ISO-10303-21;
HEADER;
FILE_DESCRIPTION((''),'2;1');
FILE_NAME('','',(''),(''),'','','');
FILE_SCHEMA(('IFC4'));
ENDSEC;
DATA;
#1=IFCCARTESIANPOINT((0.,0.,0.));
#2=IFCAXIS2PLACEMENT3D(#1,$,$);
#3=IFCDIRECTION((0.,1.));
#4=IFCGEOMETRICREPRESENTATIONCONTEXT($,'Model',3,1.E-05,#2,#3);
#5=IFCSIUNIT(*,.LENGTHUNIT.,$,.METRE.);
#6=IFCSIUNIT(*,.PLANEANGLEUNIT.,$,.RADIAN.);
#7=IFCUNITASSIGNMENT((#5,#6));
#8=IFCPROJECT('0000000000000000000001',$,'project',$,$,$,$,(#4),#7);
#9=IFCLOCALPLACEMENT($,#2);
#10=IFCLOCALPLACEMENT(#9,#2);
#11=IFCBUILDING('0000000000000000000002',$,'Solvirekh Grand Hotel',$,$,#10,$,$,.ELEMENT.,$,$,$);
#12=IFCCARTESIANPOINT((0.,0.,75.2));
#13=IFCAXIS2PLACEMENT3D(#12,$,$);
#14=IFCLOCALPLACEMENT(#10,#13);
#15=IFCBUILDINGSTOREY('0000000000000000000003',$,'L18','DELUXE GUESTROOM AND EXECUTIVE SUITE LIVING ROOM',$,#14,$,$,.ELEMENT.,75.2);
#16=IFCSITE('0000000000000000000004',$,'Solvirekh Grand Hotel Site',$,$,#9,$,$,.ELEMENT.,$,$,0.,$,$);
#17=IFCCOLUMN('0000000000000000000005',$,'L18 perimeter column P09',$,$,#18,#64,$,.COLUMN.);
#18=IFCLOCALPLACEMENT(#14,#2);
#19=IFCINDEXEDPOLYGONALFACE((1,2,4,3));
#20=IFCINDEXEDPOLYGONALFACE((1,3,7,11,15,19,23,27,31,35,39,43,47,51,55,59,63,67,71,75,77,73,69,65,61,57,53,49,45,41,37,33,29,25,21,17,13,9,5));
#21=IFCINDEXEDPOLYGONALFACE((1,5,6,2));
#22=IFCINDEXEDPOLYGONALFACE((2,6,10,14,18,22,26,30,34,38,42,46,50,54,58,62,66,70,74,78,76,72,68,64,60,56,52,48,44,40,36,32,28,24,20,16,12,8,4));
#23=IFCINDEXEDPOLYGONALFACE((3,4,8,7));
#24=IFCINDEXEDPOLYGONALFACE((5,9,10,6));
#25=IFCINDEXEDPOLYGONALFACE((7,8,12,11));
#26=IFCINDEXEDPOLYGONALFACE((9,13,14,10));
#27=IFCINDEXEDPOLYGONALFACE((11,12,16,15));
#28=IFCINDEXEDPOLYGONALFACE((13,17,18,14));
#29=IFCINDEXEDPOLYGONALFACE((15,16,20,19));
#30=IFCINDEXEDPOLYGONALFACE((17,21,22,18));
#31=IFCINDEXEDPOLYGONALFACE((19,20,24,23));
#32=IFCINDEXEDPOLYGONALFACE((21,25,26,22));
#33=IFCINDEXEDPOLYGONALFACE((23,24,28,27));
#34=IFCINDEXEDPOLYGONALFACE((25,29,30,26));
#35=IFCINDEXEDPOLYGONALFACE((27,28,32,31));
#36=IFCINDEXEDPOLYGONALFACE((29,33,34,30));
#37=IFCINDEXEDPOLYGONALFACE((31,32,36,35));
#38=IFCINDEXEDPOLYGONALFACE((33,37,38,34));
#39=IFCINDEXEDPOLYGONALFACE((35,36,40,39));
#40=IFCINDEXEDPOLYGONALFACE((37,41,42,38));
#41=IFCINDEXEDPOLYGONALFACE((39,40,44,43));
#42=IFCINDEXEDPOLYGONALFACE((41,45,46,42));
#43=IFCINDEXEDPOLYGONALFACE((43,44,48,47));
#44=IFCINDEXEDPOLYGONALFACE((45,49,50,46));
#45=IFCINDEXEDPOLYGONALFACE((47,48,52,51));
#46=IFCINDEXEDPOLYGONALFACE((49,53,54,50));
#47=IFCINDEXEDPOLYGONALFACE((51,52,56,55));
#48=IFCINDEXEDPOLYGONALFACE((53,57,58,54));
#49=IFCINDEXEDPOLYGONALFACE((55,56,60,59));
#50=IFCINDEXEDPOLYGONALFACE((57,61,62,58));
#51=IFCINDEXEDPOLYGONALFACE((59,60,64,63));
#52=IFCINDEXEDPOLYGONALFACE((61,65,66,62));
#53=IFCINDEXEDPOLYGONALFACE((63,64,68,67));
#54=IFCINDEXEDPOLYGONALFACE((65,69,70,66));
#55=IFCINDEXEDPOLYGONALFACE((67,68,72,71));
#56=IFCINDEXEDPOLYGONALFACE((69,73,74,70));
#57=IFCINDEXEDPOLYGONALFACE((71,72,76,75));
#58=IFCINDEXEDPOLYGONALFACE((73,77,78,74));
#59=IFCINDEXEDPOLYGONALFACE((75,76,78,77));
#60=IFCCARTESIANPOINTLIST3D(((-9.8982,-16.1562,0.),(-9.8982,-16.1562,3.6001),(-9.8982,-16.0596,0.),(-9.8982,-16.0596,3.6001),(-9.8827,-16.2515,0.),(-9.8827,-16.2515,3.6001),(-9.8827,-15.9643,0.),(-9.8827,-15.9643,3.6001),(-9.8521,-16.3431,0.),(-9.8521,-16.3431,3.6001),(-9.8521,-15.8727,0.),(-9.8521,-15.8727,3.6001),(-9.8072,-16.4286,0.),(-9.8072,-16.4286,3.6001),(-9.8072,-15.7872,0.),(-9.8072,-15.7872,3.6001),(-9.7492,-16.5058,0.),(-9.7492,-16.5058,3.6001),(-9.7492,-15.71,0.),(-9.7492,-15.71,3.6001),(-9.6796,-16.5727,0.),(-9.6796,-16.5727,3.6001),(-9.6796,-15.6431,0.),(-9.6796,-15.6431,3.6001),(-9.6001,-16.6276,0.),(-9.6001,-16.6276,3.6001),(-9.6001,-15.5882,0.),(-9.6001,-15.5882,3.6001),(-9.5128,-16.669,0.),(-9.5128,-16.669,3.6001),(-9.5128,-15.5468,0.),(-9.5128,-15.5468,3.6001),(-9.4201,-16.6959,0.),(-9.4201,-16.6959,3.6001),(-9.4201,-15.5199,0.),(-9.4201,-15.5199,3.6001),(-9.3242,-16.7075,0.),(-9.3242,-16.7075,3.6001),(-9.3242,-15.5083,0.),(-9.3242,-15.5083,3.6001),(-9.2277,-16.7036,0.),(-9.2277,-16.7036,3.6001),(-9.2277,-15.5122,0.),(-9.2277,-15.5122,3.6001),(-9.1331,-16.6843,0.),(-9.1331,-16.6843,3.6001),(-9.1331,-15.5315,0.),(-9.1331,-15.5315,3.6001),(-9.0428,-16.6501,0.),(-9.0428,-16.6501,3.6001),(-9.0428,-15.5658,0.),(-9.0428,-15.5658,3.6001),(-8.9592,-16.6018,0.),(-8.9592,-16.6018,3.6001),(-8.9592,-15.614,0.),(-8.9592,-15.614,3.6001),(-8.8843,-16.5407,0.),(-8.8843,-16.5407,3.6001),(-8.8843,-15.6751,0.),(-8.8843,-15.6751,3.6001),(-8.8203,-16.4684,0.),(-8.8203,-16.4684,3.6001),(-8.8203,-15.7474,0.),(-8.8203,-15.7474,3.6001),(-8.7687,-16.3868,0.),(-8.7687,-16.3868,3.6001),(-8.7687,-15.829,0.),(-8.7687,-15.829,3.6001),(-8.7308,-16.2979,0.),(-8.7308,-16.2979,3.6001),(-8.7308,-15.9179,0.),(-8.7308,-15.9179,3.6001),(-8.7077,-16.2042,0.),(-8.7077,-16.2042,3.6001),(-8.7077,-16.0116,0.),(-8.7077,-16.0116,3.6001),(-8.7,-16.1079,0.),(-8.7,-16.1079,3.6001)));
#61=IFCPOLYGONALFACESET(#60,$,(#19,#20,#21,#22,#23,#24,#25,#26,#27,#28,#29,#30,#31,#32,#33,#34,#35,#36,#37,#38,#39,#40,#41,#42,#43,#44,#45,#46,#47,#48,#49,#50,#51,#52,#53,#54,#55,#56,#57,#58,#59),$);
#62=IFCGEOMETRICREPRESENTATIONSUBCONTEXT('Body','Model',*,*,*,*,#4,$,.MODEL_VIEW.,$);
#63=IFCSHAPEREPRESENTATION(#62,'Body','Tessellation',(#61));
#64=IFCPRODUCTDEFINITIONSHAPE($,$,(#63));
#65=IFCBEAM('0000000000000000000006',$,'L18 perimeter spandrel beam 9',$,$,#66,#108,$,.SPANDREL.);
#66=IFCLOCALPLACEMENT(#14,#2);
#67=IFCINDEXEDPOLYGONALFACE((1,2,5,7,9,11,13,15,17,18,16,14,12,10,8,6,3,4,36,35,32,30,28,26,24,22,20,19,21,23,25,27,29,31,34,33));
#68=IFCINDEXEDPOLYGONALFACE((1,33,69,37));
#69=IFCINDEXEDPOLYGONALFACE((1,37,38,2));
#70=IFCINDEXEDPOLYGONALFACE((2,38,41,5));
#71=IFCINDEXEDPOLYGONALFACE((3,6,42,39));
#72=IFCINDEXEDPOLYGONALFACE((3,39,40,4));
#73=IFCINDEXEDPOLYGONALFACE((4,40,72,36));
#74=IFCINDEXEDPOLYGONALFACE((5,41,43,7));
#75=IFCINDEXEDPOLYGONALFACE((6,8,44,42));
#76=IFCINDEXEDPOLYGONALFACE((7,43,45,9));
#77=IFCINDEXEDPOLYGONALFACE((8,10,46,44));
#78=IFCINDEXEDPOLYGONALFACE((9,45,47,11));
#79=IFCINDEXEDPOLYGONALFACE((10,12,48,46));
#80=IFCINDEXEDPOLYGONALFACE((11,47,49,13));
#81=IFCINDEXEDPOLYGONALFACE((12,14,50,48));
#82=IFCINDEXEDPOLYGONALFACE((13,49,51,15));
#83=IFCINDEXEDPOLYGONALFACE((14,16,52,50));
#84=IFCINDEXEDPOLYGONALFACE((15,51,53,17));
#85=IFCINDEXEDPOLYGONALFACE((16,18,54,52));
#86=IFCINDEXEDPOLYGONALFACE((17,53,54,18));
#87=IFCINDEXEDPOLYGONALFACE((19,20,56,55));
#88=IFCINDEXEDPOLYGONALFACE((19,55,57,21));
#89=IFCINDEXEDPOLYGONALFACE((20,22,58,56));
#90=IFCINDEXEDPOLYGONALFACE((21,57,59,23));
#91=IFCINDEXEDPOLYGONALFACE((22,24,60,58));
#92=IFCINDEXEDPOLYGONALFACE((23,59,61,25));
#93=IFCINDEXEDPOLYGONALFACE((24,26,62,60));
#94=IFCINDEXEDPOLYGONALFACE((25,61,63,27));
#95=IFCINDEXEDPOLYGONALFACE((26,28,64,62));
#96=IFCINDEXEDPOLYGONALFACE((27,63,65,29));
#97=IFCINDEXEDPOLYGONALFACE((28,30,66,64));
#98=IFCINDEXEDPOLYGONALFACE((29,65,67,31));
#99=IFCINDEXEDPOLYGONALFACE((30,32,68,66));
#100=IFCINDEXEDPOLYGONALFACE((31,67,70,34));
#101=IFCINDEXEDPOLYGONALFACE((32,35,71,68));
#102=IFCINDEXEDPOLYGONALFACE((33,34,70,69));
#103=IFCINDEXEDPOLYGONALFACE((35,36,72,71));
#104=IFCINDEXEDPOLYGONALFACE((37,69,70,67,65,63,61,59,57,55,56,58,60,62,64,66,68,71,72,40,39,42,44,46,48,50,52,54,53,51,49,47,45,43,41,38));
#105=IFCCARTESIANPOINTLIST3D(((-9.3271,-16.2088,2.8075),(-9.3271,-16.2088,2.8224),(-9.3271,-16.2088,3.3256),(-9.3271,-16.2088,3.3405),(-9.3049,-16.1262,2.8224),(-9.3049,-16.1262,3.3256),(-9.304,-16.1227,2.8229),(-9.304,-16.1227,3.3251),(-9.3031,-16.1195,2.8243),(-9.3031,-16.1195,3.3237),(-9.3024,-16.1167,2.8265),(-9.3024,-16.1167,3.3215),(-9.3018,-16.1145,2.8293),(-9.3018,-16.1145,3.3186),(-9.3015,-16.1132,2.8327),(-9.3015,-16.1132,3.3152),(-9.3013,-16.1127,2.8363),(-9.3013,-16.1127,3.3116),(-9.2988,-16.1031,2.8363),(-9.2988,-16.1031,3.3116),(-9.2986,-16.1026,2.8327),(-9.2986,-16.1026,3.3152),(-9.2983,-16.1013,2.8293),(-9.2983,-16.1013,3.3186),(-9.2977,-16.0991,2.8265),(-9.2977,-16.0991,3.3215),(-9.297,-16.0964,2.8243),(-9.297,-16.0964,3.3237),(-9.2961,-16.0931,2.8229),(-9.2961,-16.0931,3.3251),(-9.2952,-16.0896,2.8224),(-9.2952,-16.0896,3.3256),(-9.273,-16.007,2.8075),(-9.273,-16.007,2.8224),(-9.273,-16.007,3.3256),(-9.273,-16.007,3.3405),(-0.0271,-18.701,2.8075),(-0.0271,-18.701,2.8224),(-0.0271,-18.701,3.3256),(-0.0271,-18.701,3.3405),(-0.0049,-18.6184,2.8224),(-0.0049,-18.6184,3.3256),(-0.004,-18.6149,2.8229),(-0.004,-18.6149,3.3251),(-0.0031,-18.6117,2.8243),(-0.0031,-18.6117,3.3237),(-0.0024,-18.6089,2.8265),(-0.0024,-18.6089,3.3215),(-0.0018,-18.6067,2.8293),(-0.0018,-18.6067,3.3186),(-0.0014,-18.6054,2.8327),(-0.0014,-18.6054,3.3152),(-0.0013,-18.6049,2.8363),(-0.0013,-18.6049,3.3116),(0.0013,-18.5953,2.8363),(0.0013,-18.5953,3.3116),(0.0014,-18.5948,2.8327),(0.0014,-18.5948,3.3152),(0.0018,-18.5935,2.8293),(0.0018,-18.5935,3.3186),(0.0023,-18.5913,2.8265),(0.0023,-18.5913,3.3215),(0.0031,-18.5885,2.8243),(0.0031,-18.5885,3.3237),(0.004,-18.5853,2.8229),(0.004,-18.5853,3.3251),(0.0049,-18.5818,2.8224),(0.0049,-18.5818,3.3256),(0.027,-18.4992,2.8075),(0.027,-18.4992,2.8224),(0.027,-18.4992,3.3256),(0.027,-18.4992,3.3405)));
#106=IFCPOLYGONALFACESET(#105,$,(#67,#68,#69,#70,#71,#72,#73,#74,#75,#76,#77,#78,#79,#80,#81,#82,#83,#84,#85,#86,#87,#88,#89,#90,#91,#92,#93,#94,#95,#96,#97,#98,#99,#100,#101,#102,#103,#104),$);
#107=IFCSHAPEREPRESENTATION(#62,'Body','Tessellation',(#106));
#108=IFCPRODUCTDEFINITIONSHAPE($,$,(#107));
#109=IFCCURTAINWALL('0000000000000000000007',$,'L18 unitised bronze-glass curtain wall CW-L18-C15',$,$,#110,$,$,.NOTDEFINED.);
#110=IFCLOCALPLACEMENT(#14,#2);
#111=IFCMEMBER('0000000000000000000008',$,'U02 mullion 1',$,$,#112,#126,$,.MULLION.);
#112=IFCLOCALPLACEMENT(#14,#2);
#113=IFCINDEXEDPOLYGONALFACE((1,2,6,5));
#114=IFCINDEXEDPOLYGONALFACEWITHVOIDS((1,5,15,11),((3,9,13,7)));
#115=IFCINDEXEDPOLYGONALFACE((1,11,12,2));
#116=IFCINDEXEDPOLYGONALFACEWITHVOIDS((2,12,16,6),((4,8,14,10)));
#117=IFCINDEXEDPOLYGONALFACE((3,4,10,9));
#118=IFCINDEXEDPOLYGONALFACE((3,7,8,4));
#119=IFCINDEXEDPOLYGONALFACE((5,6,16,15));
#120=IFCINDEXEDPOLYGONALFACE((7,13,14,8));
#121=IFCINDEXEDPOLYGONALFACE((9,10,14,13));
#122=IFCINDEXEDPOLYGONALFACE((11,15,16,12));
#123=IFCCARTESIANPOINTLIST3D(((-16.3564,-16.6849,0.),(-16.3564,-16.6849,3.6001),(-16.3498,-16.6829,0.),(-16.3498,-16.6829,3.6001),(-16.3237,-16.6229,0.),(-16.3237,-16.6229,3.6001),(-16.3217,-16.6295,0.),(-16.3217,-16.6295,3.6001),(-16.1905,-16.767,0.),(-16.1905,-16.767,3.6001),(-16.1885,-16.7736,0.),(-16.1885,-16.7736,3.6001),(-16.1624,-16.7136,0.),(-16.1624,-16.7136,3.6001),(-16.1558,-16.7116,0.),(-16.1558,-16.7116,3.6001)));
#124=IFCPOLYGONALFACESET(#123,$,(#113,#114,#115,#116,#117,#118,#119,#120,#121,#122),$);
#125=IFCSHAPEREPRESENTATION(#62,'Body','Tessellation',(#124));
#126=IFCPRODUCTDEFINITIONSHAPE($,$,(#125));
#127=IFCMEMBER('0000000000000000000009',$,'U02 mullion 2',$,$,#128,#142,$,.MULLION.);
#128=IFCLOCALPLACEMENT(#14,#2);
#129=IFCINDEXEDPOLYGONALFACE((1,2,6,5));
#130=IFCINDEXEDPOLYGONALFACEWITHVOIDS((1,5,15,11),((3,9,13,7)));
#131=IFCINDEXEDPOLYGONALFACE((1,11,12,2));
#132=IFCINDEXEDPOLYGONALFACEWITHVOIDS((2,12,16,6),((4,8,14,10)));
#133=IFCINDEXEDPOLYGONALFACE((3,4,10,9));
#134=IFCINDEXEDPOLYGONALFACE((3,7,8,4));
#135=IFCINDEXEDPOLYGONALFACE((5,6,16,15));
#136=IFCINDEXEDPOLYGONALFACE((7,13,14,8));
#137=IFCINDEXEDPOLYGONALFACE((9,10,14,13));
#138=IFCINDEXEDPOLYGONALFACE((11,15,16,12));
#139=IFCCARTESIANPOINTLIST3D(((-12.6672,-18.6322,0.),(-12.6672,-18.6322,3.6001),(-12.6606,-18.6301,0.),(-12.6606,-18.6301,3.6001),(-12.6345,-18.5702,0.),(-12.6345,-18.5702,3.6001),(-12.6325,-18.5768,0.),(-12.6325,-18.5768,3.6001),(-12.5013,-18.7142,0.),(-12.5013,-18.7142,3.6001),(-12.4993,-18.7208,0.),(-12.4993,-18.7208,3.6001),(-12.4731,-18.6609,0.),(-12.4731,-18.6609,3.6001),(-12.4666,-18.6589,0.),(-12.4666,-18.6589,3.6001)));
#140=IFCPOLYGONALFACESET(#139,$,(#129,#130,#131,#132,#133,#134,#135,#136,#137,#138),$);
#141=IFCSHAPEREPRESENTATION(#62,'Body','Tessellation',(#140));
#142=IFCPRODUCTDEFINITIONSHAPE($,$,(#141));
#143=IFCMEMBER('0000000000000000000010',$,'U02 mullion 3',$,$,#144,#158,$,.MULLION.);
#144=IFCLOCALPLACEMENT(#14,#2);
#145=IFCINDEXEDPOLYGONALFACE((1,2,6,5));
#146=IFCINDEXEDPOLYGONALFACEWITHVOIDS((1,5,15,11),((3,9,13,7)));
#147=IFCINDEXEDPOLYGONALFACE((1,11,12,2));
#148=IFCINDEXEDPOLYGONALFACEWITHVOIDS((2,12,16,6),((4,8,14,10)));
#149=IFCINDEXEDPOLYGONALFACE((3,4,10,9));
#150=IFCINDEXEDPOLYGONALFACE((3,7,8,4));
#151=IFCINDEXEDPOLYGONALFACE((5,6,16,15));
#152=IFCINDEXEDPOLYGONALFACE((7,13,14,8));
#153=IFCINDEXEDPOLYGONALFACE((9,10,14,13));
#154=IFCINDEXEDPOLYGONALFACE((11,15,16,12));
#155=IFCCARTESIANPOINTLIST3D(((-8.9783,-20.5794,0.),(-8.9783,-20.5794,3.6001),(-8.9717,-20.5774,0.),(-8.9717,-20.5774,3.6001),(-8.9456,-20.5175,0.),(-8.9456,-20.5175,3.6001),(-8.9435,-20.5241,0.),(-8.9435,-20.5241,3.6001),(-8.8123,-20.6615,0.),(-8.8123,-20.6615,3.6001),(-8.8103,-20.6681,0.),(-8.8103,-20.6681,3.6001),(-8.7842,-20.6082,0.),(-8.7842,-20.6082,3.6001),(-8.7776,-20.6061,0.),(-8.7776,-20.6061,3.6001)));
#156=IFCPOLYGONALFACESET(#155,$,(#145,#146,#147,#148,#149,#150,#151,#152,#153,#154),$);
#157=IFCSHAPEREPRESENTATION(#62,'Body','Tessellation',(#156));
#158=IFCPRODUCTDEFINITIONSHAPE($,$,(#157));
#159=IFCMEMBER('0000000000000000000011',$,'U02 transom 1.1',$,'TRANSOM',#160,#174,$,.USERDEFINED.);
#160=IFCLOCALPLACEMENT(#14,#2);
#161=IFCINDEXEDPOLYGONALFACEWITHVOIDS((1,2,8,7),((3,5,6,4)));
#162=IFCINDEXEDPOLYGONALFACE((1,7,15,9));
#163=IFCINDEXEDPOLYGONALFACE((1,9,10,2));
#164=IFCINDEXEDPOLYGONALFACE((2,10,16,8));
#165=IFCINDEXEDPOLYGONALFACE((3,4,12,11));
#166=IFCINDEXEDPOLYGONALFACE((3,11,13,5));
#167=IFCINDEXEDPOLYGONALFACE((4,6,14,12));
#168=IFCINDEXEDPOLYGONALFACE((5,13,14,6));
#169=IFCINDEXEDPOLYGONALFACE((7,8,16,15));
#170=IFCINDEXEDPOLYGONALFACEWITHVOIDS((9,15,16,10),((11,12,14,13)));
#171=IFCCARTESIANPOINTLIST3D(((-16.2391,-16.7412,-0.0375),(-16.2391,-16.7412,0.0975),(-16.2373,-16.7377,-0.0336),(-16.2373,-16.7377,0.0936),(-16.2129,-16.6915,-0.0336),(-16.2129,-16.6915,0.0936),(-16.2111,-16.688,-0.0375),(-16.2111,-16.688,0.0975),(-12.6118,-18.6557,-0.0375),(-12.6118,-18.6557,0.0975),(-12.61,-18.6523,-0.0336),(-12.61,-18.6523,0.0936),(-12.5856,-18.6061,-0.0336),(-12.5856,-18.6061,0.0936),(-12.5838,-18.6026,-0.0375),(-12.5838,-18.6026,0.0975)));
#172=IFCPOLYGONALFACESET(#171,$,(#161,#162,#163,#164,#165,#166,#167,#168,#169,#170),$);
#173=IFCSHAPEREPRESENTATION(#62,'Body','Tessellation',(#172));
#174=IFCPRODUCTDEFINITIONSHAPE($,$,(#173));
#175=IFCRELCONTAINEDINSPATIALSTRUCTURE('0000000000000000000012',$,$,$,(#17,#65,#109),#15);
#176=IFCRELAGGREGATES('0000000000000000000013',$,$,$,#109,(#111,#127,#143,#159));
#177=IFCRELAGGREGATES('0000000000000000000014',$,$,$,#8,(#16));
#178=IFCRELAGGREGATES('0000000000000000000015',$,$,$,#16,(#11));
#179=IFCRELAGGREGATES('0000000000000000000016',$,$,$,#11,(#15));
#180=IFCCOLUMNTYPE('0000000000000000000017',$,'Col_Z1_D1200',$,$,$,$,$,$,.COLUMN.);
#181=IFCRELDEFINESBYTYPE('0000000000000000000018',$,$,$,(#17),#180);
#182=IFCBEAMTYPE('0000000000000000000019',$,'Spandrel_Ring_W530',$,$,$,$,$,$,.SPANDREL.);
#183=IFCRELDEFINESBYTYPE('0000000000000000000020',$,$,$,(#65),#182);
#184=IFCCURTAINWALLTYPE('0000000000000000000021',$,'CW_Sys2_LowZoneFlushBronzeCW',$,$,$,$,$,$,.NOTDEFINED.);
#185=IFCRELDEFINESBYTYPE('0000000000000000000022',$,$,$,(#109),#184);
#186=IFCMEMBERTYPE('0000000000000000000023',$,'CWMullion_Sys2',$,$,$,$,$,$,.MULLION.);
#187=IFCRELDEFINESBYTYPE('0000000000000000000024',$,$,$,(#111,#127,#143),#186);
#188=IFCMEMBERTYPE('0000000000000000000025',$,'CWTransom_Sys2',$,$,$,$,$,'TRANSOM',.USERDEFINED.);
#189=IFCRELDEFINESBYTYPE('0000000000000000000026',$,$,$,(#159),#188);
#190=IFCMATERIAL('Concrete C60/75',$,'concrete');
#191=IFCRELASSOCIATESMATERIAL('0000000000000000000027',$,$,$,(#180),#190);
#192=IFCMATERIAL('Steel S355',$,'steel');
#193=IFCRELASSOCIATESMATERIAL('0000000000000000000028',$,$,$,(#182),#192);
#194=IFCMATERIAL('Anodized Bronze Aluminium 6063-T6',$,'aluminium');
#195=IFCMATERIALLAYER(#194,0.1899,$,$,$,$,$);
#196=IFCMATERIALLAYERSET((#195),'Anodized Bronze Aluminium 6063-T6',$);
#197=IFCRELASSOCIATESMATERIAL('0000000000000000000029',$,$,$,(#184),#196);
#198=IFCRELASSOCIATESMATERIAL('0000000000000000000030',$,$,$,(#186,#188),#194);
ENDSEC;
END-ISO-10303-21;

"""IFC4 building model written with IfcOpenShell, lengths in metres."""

from ifc_helpers import new_model, si_unit, direction, frame, origin, origin_2d, place, context, subcontext, project, spatial, hollow_rectangle, circle, i_section, extrude, source, transform, mapped, material, layer, layer_set, material_profile, profile_set, type_object, element, aggregate, save


model = new_model("IFC4")

# Units and contexts
model_context = context("Model", 3, precision=1e-05, world=origin(), true_north=direction((0.0, 1.0)))
body_context = subcontext(model_context, "Body", "Model", "MODEL_VIEW")
ifc_project = project(units=[si_unit("LENGTHUNIT", "METRE"), si_unit("PLANEANGLEUNIT", "RADIAN")], contexts=[model_context])

# Site, building, storey
site_placement = place(None, origin())
site = spatial("IfcSite", under=ifc_project, at=site_placement, Name="Solvirekh Grand Hotel Site", CompositionType="ELEMENT", RefElevation=0.0)
building_placement = place(site_placement, origin())
building = spatial("IfcBuilding", under=site, at=building_placement, Name="Solvirekh Grand Hotel", CompositionType="ELEMENT")
storey_placement = place(building_placement, frame((0.0, 0.0, 75.2)))
storey = spatial("IfcBuildingStorey", under=building, at=storey_placement, Name="L18", Description="DELUXE GUESTROOM AND EXECUTIVE SUITE LIVING ROOM", CompositionType="ELEMENT", Elevation=75.2)

# Column
ifc_material_1 = material(Name="Concrete C60/75", Category="concrete")
ifc_material_profile_1 = material_profile(ifc_material_1, circle(Radius=0.6001, at=origin_2d()), Name="RC CIRC D1200")
ifc_profile_set_1 = profile_set([ifc_material_profile_1], Name="Concrete C60/75")
column_type = type_object("IfcColumnType", Name="Col_Z1_D1200", PredefinedType="COLUMN", material=ifc_profile_set_1)
column_placement = place(storey_placement, frame((-9.3, -16.1079, 0.0), z_axis=(0.0, 0.0, 1.0), x_axis=(1.0, 0.0, 0.0)))
element("IfcColumn", 1, at=column_placement, inside=storey, type_object=column_type, Name="L18 perimeter column P09", PredefinedType="COLUMN", context=body_context, shape_type="SweptSolid", body=[
    extrude(circle(Radius=0.6001, at=origin_2d()), origin(), (0.0, 0.0, 1.0), 3.6001),
])

# Beam
ifc_material_2 = material(Name="Steel S355", Category="steel")
ifc_material_profile_2 = material_profile(ifc_material_2, i_section(OverallWidth=0.209, OverallDepth=0.533, WebThickness=0.01, FlangeThickness=0.0149, FilletRadius=0.0139, at=origin_2d()), Name="W530X92")
ifc_profile_set_2 = profile_set([ifc_material_profile_2], Name="Steel S355")
beam_type = type_object("IfcBeamType", Name="Spandrel_Ring_W530", PredefinedType="SPANDREL", material=ifc_profile_set_2)
beam_placement = place(storey_placement, frame((-9.3, -16.1079, 3.074), z_axis=(0.965919, -0.258843, 0.0), x_axis=(0.258843, 0.965919, 0.0)))
element("IfcBeam", 2, at=beam_placement, inside=storey, type_object=beam_type, Name="L18 perimeter spandrel beam 9", PredefinedType="SPANDREL", context=body_context, shape_type="SweptSolid", body=[
    extrude(i_section(OverallWidth=0.209, OverallDepth=0.533, WebThickness=0.01, FlangeThickness=0.0149, FilletRadius=0.0139, at=origin_2d()), origin(), (0.0, 0.0, 1.0), 9.6282),
])

# Curtain wall, members
ifc_material_3 = material(Name="Anodized Bronze Aluminium 6063-T6", Category="aluminium")
ifc_layer_1 = layer(ifc_material_3, 0.1899)
ifc_layer_set_1 = layer_set([ifc_layer_1], Name="Anodized Bronze Aluminium 6063-T6")
curtain_wall_type = type_object("IfcCurtainWallType", Name="CW_Sys2_LowZoneFlushBronzeCW", PredefinedType="NOTDEFINED", material=ifc_layer_set_1)
curtain_wall_placement = place(storey_placement, origin())
curtain_wall = element("IfcCurtainWall", 3, at=curtain_wall_placement, inside=storey, type_object=curtain_wall_type, Name="L18 unitised bronze-glass curtain wall CW-L18-C15", PredefinedType="NOTDEFINED")
ifc_material_profile_3 = material_profile(ifc_material_3, hollow_rectangle(XDim=0.0701, YDim=0.1899, WallThickness=0.0049, at=origin_2d()), Name="ALU RHS 190X70X5")
ifc_profile_set_3 = profile_set([ifc_material_profile_3], Name="Anodized Bronze Aluminium 6063-T6")
member_type_1 = type_object("IfcMemberType", Name="CWMullion_Sys2", PredefinedType="MULLION", material=ifc_profile_set_3)
shared_shape_1 = source(origin(), body_context, "Body", "SweptSolid", [
    extrude(hollow_rectangle(XDim=0.0701, YDim=0.1899, WallThickness=0.0049, at=origin_2d()), origin(), (0.0, 0.0, 1.0), 3.6001),
])
member_1_placement = place(storey_placement, frame((-16.2561, -16.6982, 0.0), z_axis=(0.0, 0.0, 1.0), x_axis=(0.46679, 0.884368, 0.0)))
member_1 = element("IfcMember", 4, at=member_1_placement, type_object=member_type_1, Name="U02 mullion 1", PredefinedType="MULLION", context=body_context, shape_type="MappedRepresentation", body=[
    mapped(shared_shape_1, transform((0.0, 0.0, 0.0), x_axis=(1.0, 0.0, 0.0), y_axis=(0.0, 1.0, 0.0), z_axis=(0.0, 0.0, 1.0), scale=1.0)),
])
member_2_placement = place(storey_placement, frame((-12.5669, -18.6455, 0.0), z_axis=(0.0, 0.0, 1.0), x_axis=(0.46679, 0.884368, 0.0)))
member_2 = element("IfcMember", 5, at=member_2_placement, type_object=member_type_1, Name="U02 mullion 2", PredefinedType="MULLION", context=body_context, shape_type="MappedRepresentation", body=[
    mapped(shared_shape_1, transform((0.0, 0.0, 0.0), x_axis=(1.0, 0.0, 0.0), y_axis=(0.0, 1.0, 0.0), z_axis=(0.0, 0.0, 1.0), scale=1.0)),
])
member_3_placement = place(storey_placement, frame((-8.8779, -20.5928, 0.0), z_axis=(0.0, 0.0, 1.0), x_axis=(0.46679, 0.884368, 0.0)))
member_3 = element("IfcMember", 6, at=member_3_placement, type_object=member_type_1, Name="U02 mullion 3", PredefinedType="MULLION", context=body_context, shape_type="MappedRepresentation", body=[
    mapped(shared_shape_1, transform((0.0, 0.0, 0.0), x_axis=(1.0, 0.0, 0.0), y_axis=(0.0, 1.0, 0.0), z_axis=(0.0, 0.0, 1.0), scale=1.0)),
])
ifc_material_profile_4 = material_profile(ifc_material_3, hollow_rectangle(XDim=0.0601, YDim=0.135, WallThickness=0.0039, at=origin_2d()), Name="ALU RHS 135X60X4")
ifc_profile_set_4 = profile_set([ifc_material_profile_4], Name="Anodized Bronze Aluminium 6063-T6")
member_type_2 = type_object("IfcMemberType", Name="CWTransom_Sys2", ElementType="TRANSOM", PredefinedType="USERDEFINED", material=ifc_profile_set_4)
shared_shape_2 = source(origin(), body_context, "Body", "SweptSolid", [
    extrude(hollow_rectangle(XDim=0.0601, YDim=0.135, WallThickness=0.0039, at=origin_2d()), origin(), (0.0, 0.0, 1.0), 4.1016),
])
member_4_placement = place(storey_placement, frame((-16.2251, -16.7146, 0.03), z_axis=(0.884365, -0.466796, 0.0), x_axis=(0.466796, 0.884365, 0.0)))
member_4 = element("IfcMember", 7, at=member_4_placement, type_object=member_type_2, Name="U02 transom 1.1", ObjectType="TRANSOM", PredefinedType="USERDEFINED", context=body_context, shape_type="MappedRepresentation", body=[
    mapped(shared_shape_2, transform((0.0, 0.0, 0.0), x_axis=(1.0, 0.0, 0.0), y_axis=(0.0, 1.0, 0.0), z_axis=(0.0, 0.0, 1.0), scale=1.0)),
])
aggregate(curtain_wall, [member_1, member_2, member_3, member_4])

save(model, "model.ifc")
